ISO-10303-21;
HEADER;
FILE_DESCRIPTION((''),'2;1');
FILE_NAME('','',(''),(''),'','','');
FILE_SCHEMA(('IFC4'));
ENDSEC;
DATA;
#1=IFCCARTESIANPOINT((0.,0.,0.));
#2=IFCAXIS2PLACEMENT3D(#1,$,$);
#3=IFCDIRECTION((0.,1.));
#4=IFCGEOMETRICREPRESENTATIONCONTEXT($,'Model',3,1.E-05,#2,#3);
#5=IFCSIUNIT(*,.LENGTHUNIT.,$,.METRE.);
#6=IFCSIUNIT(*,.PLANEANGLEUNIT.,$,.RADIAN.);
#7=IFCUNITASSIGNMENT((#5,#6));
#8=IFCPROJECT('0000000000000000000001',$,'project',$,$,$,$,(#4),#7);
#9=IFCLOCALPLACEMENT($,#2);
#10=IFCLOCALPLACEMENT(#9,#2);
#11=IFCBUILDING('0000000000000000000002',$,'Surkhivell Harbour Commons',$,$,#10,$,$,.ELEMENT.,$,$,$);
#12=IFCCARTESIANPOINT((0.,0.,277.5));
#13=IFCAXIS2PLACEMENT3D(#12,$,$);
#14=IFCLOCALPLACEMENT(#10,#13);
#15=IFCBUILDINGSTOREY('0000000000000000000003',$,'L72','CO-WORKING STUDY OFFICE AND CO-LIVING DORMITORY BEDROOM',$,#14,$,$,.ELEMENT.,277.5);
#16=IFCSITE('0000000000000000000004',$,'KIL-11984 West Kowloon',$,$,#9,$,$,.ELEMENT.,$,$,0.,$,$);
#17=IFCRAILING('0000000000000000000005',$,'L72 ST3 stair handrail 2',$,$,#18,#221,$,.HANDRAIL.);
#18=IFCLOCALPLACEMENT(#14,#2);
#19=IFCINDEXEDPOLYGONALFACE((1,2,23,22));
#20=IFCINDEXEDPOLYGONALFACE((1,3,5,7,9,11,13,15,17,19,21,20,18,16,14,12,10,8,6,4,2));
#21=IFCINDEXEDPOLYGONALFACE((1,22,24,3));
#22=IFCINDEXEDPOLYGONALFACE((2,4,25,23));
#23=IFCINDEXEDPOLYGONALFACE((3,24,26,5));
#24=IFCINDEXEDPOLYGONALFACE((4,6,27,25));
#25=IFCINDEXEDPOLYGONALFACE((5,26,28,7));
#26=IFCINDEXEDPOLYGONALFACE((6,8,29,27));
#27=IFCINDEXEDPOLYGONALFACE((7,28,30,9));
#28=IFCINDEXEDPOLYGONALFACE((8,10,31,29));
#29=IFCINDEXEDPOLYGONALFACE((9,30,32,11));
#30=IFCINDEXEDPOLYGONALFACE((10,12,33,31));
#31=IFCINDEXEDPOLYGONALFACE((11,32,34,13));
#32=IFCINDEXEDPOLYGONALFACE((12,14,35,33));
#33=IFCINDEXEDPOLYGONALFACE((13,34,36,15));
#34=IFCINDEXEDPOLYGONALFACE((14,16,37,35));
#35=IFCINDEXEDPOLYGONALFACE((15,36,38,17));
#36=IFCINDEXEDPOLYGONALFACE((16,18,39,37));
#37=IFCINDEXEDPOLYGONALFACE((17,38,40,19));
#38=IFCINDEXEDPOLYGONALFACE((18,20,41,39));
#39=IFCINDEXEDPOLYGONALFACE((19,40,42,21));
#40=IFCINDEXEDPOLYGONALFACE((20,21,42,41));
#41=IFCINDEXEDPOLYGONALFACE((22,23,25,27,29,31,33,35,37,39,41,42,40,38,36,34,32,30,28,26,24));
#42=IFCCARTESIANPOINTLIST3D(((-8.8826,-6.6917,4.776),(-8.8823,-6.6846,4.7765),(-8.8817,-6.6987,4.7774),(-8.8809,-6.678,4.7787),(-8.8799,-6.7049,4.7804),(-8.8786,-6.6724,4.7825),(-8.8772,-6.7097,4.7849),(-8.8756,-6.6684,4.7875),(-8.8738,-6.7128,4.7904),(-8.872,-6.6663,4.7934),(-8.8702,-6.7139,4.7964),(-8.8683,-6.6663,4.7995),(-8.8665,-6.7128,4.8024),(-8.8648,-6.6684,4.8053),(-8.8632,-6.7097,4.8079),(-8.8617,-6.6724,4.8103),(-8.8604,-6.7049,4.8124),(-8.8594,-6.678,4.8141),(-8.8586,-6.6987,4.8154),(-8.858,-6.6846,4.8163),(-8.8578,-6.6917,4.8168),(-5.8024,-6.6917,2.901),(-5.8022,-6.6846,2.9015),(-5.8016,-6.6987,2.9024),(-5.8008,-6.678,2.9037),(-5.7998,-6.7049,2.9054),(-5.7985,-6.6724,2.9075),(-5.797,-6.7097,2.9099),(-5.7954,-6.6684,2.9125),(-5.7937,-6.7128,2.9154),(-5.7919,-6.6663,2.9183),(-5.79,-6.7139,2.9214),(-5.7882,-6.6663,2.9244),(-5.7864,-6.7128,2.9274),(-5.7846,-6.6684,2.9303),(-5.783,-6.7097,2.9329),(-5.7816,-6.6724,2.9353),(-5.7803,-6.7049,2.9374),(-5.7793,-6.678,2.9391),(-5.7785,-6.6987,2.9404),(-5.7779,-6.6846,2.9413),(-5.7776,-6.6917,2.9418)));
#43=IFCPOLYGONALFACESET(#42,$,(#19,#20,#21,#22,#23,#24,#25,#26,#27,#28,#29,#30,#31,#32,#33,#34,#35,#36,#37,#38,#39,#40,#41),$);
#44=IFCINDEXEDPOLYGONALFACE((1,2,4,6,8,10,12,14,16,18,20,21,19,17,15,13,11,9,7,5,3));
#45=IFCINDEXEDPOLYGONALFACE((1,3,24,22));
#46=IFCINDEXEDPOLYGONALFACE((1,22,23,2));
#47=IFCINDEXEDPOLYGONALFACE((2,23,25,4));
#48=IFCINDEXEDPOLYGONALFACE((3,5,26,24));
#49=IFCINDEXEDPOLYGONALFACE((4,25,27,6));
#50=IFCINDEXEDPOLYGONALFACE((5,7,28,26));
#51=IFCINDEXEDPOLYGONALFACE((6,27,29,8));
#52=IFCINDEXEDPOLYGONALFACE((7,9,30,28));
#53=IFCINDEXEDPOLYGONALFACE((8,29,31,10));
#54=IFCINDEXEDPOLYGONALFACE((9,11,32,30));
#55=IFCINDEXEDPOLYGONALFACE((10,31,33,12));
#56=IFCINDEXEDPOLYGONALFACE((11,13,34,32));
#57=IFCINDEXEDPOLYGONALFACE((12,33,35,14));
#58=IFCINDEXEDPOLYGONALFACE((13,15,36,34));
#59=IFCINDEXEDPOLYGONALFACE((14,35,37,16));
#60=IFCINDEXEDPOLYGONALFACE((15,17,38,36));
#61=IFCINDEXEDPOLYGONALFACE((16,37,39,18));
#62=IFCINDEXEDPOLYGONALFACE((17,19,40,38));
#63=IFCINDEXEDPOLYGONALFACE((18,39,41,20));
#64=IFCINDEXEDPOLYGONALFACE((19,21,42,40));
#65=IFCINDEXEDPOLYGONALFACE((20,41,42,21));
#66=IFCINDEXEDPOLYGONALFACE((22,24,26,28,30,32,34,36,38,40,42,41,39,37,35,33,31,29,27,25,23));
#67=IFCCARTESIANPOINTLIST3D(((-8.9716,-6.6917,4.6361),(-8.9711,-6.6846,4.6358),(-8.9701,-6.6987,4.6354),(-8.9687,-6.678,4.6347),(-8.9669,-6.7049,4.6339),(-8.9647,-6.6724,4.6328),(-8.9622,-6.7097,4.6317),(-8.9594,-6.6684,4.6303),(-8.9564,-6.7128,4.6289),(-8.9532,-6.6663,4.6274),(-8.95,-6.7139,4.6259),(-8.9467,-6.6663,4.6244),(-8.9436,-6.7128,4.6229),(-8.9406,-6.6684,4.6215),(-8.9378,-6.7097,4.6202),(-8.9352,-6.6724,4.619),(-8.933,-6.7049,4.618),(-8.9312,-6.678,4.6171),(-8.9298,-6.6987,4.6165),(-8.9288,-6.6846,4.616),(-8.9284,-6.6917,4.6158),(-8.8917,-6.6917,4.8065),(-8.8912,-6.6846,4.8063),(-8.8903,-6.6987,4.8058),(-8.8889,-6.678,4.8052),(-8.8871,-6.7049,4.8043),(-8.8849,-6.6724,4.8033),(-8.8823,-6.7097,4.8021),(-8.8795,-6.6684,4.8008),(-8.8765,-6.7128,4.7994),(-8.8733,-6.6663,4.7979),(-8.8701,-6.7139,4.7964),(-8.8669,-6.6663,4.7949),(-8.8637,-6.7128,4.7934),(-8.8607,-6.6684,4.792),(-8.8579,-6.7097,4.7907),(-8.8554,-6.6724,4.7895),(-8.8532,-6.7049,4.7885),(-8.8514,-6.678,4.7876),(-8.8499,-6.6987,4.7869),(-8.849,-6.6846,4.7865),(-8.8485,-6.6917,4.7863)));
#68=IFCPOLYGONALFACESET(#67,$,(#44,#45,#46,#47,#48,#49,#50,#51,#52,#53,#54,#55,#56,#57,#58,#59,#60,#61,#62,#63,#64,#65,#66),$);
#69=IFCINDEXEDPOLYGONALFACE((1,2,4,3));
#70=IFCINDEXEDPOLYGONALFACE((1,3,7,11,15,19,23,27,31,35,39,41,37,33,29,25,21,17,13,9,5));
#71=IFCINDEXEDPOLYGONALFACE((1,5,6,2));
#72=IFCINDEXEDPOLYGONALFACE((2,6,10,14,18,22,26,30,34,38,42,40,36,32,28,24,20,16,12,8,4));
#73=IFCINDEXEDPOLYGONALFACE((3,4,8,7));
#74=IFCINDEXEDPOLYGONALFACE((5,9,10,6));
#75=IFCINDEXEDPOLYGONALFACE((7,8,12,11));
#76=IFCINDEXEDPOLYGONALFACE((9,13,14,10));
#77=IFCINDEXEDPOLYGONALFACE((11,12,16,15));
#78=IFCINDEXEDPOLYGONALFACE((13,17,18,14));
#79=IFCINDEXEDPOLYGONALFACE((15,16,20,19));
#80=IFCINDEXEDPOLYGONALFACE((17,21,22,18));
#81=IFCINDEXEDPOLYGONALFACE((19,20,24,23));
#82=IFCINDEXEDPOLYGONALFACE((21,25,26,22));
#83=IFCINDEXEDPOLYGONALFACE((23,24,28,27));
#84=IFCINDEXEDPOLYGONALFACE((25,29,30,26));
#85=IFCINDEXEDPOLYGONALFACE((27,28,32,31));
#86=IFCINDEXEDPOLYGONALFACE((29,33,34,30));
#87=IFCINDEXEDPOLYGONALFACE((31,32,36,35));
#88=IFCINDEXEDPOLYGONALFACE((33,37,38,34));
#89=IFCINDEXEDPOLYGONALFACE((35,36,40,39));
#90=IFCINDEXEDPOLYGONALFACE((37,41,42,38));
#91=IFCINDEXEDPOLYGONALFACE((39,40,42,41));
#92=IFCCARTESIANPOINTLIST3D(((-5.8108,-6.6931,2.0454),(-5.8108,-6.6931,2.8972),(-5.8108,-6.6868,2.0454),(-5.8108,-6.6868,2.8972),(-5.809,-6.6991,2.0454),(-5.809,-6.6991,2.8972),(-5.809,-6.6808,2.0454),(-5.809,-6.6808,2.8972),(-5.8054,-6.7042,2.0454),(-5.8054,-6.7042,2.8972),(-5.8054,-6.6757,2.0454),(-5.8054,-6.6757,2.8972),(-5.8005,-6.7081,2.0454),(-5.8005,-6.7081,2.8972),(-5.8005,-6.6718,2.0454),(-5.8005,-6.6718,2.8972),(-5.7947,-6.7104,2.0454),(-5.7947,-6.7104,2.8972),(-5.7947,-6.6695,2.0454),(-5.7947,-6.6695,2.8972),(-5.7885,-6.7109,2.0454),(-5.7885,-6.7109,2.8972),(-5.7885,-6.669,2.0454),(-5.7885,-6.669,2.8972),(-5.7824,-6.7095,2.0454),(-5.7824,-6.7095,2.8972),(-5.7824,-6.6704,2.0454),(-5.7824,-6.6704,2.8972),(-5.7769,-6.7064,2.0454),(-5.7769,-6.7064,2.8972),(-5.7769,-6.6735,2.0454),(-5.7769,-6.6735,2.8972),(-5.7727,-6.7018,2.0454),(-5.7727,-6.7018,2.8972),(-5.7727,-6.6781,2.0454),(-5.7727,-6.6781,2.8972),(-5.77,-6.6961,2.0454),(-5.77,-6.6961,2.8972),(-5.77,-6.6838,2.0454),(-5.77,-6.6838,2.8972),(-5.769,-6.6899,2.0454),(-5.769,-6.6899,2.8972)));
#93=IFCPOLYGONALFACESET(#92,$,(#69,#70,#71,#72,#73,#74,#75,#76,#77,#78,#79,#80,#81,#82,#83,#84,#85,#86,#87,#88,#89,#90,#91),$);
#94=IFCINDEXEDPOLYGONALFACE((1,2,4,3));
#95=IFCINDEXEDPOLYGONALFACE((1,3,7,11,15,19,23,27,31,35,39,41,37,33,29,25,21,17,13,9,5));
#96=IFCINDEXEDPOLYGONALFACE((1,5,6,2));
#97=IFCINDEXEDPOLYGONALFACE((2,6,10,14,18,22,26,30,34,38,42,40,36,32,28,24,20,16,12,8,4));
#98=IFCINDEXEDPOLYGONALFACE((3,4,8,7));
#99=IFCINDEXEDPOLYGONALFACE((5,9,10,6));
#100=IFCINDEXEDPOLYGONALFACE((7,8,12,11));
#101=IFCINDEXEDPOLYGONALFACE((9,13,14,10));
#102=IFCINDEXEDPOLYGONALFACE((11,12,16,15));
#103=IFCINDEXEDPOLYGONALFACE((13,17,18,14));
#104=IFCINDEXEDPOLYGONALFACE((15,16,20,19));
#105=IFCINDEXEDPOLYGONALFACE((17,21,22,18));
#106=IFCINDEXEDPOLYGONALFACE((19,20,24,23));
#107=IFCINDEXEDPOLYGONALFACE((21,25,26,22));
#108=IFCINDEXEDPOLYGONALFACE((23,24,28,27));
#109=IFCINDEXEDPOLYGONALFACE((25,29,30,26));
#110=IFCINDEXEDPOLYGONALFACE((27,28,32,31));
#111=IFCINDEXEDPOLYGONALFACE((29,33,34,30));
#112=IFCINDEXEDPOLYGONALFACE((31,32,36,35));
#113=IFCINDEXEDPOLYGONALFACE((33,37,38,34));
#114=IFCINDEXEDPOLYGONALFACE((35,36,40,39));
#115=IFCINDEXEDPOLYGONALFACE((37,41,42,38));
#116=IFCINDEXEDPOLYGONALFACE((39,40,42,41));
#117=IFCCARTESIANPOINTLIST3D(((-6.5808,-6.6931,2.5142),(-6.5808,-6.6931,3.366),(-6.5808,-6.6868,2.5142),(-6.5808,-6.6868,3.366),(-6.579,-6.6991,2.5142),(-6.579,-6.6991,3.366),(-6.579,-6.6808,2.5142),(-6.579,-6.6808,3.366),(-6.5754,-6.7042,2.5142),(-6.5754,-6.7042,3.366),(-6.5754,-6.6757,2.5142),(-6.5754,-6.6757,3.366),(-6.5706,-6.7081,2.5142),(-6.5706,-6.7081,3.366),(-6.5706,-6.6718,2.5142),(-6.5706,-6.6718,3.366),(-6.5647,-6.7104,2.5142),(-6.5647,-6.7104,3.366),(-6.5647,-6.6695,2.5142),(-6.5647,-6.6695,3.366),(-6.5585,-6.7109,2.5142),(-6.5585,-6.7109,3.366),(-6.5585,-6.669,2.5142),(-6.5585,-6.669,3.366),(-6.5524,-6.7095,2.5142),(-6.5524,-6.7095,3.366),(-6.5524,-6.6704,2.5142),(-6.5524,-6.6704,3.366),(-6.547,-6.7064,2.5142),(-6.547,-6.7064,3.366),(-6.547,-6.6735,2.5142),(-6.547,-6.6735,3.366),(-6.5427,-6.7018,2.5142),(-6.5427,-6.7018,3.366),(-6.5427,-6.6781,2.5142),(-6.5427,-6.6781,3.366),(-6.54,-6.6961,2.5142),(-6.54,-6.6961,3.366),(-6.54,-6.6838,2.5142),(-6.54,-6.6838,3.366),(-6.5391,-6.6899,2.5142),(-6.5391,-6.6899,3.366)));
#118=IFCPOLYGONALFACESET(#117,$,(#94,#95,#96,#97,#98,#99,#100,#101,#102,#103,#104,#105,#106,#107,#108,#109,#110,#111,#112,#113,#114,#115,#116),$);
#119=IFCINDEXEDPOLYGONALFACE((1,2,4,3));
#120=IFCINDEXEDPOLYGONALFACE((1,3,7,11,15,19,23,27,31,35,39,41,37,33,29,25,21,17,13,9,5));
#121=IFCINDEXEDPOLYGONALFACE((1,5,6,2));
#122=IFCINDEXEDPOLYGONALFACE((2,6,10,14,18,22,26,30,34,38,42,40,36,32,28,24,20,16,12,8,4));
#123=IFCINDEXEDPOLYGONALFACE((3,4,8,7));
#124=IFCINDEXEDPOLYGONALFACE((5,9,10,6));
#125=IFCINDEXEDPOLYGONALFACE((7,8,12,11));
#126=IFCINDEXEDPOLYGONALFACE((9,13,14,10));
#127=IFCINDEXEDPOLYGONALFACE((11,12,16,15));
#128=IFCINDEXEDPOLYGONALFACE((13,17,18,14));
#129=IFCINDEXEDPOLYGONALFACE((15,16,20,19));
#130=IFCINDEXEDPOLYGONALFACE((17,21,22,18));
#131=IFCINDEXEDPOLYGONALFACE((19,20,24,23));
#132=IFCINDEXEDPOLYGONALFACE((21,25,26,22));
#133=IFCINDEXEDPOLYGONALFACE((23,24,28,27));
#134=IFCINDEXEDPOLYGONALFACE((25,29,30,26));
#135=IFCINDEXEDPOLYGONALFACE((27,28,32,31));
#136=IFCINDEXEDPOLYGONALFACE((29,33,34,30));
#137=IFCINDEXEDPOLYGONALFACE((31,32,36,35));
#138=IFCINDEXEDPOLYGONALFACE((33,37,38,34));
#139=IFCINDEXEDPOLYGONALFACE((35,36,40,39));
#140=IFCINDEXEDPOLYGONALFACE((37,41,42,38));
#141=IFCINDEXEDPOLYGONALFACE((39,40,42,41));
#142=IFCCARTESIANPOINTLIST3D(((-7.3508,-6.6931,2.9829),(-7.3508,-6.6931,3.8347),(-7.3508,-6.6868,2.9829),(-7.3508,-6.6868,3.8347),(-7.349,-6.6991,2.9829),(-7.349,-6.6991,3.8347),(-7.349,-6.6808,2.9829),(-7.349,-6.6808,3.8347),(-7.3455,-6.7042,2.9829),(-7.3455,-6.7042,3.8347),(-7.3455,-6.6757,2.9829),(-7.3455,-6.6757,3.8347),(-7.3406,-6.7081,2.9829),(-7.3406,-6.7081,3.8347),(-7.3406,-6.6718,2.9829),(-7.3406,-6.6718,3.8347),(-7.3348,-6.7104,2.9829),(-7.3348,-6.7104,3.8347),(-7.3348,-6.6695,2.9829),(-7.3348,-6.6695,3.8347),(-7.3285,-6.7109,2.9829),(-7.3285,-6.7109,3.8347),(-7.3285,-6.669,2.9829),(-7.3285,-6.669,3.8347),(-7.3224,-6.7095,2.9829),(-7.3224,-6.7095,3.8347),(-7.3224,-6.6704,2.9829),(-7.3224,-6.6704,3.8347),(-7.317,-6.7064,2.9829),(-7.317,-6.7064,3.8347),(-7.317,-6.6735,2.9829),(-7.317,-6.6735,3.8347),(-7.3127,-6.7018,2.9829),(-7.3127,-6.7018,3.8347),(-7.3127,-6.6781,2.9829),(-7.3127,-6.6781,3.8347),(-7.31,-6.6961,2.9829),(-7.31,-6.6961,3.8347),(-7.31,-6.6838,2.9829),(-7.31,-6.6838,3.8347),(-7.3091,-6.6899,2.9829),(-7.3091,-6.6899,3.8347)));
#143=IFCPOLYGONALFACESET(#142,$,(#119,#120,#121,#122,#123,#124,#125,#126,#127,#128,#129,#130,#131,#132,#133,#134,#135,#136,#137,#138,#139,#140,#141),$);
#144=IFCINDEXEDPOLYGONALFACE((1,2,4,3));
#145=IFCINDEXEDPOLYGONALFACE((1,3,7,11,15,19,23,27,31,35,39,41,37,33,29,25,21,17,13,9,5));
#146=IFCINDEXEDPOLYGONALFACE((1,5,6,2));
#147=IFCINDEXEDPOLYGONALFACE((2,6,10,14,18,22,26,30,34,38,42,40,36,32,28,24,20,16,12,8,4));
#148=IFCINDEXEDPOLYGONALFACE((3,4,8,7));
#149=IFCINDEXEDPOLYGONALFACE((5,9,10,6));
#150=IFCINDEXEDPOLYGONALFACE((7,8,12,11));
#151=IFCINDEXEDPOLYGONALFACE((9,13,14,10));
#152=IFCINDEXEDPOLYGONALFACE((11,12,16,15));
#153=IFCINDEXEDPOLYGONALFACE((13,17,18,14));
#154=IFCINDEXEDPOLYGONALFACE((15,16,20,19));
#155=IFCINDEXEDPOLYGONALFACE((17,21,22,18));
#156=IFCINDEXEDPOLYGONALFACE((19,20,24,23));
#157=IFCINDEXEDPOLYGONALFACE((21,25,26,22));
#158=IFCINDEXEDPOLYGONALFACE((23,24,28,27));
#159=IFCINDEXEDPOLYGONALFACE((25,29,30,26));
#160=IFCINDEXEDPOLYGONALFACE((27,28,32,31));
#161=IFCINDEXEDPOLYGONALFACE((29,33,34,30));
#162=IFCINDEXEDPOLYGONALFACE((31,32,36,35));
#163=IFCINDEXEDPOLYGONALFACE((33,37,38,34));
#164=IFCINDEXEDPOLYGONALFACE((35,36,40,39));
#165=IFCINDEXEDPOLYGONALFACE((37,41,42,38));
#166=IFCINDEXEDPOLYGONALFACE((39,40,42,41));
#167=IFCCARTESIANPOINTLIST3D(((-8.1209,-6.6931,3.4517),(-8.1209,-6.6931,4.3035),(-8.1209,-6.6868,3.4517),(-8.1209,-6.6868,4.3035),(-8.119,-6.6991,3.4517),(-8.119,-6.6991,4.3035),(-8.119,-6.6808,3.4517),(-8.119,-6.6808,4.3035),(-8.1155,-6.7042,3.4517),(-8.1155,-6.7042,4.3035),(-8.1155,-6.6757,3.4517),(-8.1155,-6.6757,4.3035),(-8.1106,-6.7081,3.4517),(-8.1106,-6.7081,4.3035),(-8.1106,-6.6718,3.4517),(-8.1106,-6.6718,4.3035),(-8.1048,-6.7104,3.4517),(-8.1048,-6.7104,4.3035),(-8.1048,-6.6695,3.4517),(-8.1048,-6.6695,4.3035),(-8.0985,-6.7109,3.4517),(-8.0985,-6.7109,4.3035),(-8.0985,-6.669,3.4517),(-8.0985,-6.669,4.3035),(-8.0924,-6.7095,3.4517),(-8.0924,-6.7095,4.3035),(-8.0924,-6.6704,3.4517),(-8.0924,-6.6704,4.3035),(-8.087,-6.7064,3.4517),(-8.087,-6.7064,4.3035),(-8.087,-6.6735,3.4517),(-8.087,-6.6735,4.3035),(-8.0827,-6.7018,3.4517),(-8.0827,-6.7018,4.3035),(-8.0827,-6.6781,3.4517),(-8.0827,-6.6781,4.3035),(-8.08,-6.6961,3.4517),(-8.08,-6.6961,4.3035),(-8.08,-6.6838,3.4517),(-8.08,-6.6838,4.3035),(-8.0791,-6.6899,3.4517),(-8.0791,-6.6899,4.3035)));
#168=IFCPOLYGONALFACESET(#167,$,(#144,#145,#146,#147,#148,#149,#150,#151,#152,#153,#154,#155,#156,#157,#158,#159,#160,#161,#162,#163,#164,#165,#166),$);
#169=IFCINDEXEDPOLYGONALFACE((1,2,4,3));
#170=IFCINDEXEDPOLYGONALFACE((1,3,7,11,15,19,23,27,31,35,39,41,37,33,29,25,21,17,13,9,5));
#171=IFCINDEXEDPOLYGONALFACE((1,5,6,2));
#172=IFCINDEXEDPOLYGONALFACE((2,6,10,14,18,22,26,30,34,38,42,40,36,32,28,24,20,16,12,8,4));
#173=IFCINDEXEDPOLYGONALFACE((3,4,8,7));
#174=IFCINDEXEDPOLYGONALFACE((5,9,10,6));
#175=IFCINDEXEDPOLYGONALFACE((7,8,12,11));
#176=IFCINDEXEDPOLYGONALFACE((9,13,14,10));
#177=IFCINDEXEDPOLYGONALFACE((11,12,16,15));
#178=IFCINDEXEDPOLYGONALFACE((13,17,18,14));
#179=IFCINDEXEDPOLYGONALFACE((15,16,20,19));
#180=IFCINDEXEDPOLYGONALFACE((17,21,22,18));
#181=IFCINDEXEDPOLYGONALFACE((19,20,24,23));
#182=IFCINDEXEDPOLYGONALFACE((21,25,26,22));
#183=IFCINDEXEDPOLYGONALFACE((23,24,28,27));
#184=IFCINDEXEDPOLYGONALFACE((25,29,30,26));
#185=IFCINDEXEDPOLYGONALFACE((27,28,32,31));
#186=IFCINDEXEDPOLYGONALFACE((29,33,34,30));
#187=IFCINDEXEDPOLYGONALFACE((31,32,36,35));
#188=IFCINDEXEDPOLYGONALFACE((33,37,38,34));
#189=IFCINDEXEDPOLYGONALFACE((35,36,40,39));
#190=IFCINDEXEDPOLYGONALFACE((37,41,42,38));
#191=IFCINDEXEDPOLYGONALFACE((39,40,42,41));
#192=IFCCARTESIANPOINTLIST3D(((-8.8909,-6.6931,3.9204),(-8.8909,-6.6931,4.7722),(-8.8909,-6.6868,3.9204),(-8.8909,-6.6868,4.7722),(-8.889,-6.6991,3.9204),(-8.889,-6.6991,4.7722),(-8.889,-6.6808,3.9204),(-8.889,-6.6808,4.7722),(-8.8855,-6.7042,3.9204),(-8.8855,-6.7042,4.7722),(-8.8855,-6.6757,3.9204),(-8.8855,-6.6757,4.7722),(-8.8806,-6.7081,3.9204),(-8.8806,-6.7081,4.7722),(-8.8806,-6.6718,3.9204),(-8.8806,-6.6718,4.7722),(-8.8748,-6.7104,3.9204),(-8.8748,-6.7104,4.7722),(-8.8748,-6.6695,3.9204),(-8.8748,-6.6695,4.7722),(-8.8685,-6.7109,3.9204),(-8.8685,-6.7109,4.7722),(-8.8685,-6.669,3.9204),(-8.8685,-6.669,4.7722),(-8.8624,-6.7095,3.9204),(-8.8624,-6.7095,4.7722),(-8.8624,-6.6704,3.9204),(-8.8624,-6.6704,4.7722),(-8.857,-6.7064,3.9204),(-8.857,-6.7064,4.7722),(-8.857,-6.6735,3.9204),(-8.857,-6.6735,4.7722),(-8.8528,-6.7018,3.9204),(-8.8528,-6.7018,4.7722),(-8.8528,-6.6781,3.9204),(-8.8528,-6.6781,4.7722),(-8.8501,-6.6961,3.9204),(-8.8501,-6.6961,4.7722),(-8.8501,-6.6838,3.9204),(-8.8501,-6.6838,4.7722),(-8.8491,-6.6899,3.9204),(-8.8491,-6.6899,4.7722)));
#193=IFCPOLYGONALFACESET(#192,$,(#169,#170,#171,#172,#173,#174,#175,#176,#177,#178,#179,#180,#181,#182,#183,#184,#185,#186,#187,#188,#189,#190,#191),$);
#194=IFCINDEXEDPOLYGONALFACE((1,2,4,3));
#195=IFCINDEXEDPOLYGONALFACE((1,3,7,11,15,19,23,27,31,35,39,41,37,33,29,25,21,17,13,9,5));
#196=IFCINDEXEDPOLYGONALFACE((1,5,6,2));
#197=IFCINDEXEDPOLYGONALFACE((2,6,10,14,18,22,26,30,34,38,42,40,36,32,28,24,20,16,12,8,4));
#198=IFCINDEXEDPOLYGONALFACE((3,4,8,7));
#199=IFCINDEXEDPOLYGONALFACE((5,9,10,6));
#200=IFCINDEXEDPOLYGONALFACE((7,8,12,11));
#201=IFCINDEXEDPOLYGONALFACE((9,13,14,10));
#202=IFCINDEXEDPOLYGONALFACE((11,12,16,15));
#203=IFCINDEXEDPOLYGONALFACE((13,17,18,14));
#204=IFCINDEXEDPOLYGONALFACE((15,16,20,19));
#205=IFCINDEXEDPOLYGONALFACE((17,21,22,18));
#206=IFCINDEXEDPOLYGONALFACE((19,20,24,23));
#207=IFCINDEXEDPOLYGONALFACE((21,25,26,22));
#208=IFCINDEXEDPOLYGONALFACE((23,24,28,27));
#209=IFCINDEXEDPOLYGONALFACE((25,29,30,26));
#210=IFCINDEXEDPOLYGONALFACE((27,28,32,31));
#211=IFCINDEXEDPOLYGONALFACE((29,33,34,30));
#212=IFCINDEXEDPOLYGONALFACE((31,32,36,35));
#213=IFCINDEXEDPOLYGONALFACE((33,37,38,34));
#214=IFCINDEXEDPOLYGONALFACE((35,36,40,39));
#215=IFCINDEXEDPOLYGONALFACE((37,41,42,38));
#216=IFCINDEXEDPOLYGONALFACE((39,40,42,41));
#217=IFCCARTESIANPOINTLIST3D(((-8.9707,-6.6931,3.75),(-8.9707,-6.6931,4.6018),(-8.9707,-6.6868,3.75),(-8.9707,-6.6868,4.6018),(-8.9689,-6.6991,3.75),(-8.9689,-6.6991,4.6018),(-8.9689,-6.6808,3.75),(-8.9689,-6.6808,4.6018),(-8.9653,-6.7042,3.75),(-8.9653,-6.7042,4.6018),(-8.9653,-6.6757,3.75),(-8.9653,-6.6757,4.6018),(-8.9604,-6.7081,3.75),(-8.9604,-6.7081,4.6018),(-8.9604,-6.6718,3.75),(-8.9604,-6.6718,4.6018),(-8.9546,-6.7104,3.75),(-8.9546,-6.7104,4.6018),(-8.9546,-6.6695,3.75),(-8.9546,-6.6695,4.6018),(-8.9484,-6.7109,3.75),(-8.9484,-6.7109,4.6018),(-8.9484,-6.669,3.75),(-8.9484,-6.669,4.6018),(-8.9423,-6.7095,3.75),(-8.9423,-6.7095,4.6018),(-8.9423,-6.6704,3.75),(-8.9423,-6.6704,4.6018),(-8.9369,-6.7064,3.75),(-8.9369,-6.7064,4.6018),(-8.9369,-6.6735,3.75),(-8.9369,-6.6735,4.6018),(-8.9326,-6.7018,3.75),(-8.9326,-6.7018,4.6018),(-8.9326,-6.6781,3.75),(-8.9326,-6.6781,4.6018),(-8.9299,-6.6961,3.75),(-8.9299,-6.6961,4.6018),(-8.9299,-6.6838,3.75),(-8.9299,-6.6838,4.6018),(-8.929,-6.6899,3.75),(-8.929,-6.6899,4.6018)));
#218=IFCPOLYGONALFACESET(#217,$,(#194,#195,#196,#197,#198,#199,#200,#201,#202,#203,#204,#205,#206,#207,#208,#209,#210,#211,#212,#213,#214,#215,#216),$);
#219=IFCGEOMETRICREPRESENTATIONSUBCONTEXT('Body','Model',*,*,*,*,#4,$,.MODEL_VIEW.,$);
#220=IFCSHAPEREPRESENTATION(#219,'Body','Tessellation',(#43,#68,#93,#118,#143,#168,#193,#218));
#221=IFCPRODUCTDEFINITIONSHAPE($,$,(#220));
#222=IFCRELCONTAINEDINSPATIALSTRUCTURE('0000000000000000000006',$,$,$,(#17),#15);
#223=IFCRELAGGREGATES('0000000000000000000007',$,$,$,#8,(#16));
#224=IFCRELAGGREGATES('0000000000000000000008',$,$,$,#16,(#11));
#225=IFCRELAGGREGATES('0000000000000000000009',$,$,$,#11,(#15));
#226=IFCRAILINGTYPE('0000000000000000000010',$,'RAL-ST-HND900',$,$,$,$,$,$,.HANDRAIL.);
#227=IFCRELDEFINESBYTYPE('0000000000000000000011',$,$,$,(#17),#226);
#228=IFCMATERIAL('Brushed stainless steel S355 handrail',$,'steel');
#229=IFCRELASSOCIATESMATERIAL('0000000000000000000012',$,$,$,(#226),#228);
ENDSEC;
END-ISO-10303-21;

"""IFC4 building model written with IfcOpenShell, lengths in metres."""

from ifc_helpers import new_model, si_unit, direction, frame, origin, origin_2d, place, context, subcontext, project, spatial, circle, extrude, material, type_object, element, save


model = new_model("IFC4")

# Units and contexts
model_context = context("Model", 3, precision=1e-05, world=origin(), true_north=direction((0.0, 1.0)))
body_context = subcontext(model_context, "Body", "Model", "MODEL_VIEW")
ifc_project = project(units=[si_unit("LENGTHUNIT", "METRE"), si_unit("PLANEANGLEUNIT", "RADIAN")], contexts=[model_context])

# Site, building, storey
site_placement = place(None, origin())
site = spatial("IfcSite", under=ifc_project, at=site_placement, Name="KIL-11984 West Kowloon", CompositionType="ELEMENT", RefElevation=0.0)
building_placement = place(site_placement, origin())
building = spatial("IfcBuilding", under=site, at=building_placement, Name="Surkhivell Harbour Commons", CompositionType="ELEMENT")
storey_placement = place(building_placement, frame((0.0, 0.0, 277.5)))
storey = spatial("IfcBuildingStorey", under=building, at=storey_placement, Name="L72", Description="CO-WORKING STUDY OFFICE AND CO-LIVING DORMITORY BEDROOM", CompositionType="ELEMENT", Elevation=277.5)

# Railing
ifc_material_1 = material(Name="Brushed stainless steel S355 handrail", Category="steel")
railing_type = type_object("IfcRailingType", Name="RAL-ST-HND900", PredefinedType="HANDRAIL", material=ifc_material_1)
railing_placement = place(storey_placement, frame((-5.79, -6.6899, 2.0454)))
element("IfcRailing", 1, at=railing_placement, inside=storey, type_object=railing_type, Name="L72 ST3 stair handrail 2", PredefinedType="HANDRAIL", context=body_context, shape_type="SweptSolid", body=[
    extrude(circle(Radius=0.0239, at=origin_2d()), frame((0.0, 0.0, 0.876), z_axis=(-0.854178, 0.0, 0.519981), x_axis=(0.0, -1.0, 0.0)), (0.0, 0.0, 1.0), 3.606),
    extrude(circle(Radius=0.0239, at=origin_2d()), frame((-3.0801, 0.0, 2.751), z_axis=(-0.424234, 0.0, -0.905552), x_axis=(0.0, -1.0, 0.0)), (0.0, 0.0, 1.0), 0.1882),
    extrude(circle(Radius=0.021, at=origin_2d()), origin(), (0.0, 0.0, 1.0), 0.8518),
    extrude(circle(Radius=0.021, at=origin_2d()), frame((-0.77, 0.0, 0.4688)), (0.0, 0.0, 1.0), 0.8518),
    extrude(circle(Radius=0.021, at=origin_2d()), frame((-1.54, 0.0, 0.9375)), (0.0, 0.0, 1.0), 0.8518),
    extrude(circle(Radius=0.021, at=origin_2d()), frame((-2.3101, 0.0, 1.4062)), (0.0, 0.0, 1.0), 0.8518),
    extrude(circle(Radius=0.021, at=origin_2d()), frame((-3.0801, 0.0, 1.875)), (0.0, 0.0, 1.0), 0.8518),
    extrude(circle(Radius=0.021, at=origin_2d()), frame((-3.1599, 0.0, 1.7046)), (0.0, 0.0, 1.0), 0.8518),
])

save(model, "model.ifc")
